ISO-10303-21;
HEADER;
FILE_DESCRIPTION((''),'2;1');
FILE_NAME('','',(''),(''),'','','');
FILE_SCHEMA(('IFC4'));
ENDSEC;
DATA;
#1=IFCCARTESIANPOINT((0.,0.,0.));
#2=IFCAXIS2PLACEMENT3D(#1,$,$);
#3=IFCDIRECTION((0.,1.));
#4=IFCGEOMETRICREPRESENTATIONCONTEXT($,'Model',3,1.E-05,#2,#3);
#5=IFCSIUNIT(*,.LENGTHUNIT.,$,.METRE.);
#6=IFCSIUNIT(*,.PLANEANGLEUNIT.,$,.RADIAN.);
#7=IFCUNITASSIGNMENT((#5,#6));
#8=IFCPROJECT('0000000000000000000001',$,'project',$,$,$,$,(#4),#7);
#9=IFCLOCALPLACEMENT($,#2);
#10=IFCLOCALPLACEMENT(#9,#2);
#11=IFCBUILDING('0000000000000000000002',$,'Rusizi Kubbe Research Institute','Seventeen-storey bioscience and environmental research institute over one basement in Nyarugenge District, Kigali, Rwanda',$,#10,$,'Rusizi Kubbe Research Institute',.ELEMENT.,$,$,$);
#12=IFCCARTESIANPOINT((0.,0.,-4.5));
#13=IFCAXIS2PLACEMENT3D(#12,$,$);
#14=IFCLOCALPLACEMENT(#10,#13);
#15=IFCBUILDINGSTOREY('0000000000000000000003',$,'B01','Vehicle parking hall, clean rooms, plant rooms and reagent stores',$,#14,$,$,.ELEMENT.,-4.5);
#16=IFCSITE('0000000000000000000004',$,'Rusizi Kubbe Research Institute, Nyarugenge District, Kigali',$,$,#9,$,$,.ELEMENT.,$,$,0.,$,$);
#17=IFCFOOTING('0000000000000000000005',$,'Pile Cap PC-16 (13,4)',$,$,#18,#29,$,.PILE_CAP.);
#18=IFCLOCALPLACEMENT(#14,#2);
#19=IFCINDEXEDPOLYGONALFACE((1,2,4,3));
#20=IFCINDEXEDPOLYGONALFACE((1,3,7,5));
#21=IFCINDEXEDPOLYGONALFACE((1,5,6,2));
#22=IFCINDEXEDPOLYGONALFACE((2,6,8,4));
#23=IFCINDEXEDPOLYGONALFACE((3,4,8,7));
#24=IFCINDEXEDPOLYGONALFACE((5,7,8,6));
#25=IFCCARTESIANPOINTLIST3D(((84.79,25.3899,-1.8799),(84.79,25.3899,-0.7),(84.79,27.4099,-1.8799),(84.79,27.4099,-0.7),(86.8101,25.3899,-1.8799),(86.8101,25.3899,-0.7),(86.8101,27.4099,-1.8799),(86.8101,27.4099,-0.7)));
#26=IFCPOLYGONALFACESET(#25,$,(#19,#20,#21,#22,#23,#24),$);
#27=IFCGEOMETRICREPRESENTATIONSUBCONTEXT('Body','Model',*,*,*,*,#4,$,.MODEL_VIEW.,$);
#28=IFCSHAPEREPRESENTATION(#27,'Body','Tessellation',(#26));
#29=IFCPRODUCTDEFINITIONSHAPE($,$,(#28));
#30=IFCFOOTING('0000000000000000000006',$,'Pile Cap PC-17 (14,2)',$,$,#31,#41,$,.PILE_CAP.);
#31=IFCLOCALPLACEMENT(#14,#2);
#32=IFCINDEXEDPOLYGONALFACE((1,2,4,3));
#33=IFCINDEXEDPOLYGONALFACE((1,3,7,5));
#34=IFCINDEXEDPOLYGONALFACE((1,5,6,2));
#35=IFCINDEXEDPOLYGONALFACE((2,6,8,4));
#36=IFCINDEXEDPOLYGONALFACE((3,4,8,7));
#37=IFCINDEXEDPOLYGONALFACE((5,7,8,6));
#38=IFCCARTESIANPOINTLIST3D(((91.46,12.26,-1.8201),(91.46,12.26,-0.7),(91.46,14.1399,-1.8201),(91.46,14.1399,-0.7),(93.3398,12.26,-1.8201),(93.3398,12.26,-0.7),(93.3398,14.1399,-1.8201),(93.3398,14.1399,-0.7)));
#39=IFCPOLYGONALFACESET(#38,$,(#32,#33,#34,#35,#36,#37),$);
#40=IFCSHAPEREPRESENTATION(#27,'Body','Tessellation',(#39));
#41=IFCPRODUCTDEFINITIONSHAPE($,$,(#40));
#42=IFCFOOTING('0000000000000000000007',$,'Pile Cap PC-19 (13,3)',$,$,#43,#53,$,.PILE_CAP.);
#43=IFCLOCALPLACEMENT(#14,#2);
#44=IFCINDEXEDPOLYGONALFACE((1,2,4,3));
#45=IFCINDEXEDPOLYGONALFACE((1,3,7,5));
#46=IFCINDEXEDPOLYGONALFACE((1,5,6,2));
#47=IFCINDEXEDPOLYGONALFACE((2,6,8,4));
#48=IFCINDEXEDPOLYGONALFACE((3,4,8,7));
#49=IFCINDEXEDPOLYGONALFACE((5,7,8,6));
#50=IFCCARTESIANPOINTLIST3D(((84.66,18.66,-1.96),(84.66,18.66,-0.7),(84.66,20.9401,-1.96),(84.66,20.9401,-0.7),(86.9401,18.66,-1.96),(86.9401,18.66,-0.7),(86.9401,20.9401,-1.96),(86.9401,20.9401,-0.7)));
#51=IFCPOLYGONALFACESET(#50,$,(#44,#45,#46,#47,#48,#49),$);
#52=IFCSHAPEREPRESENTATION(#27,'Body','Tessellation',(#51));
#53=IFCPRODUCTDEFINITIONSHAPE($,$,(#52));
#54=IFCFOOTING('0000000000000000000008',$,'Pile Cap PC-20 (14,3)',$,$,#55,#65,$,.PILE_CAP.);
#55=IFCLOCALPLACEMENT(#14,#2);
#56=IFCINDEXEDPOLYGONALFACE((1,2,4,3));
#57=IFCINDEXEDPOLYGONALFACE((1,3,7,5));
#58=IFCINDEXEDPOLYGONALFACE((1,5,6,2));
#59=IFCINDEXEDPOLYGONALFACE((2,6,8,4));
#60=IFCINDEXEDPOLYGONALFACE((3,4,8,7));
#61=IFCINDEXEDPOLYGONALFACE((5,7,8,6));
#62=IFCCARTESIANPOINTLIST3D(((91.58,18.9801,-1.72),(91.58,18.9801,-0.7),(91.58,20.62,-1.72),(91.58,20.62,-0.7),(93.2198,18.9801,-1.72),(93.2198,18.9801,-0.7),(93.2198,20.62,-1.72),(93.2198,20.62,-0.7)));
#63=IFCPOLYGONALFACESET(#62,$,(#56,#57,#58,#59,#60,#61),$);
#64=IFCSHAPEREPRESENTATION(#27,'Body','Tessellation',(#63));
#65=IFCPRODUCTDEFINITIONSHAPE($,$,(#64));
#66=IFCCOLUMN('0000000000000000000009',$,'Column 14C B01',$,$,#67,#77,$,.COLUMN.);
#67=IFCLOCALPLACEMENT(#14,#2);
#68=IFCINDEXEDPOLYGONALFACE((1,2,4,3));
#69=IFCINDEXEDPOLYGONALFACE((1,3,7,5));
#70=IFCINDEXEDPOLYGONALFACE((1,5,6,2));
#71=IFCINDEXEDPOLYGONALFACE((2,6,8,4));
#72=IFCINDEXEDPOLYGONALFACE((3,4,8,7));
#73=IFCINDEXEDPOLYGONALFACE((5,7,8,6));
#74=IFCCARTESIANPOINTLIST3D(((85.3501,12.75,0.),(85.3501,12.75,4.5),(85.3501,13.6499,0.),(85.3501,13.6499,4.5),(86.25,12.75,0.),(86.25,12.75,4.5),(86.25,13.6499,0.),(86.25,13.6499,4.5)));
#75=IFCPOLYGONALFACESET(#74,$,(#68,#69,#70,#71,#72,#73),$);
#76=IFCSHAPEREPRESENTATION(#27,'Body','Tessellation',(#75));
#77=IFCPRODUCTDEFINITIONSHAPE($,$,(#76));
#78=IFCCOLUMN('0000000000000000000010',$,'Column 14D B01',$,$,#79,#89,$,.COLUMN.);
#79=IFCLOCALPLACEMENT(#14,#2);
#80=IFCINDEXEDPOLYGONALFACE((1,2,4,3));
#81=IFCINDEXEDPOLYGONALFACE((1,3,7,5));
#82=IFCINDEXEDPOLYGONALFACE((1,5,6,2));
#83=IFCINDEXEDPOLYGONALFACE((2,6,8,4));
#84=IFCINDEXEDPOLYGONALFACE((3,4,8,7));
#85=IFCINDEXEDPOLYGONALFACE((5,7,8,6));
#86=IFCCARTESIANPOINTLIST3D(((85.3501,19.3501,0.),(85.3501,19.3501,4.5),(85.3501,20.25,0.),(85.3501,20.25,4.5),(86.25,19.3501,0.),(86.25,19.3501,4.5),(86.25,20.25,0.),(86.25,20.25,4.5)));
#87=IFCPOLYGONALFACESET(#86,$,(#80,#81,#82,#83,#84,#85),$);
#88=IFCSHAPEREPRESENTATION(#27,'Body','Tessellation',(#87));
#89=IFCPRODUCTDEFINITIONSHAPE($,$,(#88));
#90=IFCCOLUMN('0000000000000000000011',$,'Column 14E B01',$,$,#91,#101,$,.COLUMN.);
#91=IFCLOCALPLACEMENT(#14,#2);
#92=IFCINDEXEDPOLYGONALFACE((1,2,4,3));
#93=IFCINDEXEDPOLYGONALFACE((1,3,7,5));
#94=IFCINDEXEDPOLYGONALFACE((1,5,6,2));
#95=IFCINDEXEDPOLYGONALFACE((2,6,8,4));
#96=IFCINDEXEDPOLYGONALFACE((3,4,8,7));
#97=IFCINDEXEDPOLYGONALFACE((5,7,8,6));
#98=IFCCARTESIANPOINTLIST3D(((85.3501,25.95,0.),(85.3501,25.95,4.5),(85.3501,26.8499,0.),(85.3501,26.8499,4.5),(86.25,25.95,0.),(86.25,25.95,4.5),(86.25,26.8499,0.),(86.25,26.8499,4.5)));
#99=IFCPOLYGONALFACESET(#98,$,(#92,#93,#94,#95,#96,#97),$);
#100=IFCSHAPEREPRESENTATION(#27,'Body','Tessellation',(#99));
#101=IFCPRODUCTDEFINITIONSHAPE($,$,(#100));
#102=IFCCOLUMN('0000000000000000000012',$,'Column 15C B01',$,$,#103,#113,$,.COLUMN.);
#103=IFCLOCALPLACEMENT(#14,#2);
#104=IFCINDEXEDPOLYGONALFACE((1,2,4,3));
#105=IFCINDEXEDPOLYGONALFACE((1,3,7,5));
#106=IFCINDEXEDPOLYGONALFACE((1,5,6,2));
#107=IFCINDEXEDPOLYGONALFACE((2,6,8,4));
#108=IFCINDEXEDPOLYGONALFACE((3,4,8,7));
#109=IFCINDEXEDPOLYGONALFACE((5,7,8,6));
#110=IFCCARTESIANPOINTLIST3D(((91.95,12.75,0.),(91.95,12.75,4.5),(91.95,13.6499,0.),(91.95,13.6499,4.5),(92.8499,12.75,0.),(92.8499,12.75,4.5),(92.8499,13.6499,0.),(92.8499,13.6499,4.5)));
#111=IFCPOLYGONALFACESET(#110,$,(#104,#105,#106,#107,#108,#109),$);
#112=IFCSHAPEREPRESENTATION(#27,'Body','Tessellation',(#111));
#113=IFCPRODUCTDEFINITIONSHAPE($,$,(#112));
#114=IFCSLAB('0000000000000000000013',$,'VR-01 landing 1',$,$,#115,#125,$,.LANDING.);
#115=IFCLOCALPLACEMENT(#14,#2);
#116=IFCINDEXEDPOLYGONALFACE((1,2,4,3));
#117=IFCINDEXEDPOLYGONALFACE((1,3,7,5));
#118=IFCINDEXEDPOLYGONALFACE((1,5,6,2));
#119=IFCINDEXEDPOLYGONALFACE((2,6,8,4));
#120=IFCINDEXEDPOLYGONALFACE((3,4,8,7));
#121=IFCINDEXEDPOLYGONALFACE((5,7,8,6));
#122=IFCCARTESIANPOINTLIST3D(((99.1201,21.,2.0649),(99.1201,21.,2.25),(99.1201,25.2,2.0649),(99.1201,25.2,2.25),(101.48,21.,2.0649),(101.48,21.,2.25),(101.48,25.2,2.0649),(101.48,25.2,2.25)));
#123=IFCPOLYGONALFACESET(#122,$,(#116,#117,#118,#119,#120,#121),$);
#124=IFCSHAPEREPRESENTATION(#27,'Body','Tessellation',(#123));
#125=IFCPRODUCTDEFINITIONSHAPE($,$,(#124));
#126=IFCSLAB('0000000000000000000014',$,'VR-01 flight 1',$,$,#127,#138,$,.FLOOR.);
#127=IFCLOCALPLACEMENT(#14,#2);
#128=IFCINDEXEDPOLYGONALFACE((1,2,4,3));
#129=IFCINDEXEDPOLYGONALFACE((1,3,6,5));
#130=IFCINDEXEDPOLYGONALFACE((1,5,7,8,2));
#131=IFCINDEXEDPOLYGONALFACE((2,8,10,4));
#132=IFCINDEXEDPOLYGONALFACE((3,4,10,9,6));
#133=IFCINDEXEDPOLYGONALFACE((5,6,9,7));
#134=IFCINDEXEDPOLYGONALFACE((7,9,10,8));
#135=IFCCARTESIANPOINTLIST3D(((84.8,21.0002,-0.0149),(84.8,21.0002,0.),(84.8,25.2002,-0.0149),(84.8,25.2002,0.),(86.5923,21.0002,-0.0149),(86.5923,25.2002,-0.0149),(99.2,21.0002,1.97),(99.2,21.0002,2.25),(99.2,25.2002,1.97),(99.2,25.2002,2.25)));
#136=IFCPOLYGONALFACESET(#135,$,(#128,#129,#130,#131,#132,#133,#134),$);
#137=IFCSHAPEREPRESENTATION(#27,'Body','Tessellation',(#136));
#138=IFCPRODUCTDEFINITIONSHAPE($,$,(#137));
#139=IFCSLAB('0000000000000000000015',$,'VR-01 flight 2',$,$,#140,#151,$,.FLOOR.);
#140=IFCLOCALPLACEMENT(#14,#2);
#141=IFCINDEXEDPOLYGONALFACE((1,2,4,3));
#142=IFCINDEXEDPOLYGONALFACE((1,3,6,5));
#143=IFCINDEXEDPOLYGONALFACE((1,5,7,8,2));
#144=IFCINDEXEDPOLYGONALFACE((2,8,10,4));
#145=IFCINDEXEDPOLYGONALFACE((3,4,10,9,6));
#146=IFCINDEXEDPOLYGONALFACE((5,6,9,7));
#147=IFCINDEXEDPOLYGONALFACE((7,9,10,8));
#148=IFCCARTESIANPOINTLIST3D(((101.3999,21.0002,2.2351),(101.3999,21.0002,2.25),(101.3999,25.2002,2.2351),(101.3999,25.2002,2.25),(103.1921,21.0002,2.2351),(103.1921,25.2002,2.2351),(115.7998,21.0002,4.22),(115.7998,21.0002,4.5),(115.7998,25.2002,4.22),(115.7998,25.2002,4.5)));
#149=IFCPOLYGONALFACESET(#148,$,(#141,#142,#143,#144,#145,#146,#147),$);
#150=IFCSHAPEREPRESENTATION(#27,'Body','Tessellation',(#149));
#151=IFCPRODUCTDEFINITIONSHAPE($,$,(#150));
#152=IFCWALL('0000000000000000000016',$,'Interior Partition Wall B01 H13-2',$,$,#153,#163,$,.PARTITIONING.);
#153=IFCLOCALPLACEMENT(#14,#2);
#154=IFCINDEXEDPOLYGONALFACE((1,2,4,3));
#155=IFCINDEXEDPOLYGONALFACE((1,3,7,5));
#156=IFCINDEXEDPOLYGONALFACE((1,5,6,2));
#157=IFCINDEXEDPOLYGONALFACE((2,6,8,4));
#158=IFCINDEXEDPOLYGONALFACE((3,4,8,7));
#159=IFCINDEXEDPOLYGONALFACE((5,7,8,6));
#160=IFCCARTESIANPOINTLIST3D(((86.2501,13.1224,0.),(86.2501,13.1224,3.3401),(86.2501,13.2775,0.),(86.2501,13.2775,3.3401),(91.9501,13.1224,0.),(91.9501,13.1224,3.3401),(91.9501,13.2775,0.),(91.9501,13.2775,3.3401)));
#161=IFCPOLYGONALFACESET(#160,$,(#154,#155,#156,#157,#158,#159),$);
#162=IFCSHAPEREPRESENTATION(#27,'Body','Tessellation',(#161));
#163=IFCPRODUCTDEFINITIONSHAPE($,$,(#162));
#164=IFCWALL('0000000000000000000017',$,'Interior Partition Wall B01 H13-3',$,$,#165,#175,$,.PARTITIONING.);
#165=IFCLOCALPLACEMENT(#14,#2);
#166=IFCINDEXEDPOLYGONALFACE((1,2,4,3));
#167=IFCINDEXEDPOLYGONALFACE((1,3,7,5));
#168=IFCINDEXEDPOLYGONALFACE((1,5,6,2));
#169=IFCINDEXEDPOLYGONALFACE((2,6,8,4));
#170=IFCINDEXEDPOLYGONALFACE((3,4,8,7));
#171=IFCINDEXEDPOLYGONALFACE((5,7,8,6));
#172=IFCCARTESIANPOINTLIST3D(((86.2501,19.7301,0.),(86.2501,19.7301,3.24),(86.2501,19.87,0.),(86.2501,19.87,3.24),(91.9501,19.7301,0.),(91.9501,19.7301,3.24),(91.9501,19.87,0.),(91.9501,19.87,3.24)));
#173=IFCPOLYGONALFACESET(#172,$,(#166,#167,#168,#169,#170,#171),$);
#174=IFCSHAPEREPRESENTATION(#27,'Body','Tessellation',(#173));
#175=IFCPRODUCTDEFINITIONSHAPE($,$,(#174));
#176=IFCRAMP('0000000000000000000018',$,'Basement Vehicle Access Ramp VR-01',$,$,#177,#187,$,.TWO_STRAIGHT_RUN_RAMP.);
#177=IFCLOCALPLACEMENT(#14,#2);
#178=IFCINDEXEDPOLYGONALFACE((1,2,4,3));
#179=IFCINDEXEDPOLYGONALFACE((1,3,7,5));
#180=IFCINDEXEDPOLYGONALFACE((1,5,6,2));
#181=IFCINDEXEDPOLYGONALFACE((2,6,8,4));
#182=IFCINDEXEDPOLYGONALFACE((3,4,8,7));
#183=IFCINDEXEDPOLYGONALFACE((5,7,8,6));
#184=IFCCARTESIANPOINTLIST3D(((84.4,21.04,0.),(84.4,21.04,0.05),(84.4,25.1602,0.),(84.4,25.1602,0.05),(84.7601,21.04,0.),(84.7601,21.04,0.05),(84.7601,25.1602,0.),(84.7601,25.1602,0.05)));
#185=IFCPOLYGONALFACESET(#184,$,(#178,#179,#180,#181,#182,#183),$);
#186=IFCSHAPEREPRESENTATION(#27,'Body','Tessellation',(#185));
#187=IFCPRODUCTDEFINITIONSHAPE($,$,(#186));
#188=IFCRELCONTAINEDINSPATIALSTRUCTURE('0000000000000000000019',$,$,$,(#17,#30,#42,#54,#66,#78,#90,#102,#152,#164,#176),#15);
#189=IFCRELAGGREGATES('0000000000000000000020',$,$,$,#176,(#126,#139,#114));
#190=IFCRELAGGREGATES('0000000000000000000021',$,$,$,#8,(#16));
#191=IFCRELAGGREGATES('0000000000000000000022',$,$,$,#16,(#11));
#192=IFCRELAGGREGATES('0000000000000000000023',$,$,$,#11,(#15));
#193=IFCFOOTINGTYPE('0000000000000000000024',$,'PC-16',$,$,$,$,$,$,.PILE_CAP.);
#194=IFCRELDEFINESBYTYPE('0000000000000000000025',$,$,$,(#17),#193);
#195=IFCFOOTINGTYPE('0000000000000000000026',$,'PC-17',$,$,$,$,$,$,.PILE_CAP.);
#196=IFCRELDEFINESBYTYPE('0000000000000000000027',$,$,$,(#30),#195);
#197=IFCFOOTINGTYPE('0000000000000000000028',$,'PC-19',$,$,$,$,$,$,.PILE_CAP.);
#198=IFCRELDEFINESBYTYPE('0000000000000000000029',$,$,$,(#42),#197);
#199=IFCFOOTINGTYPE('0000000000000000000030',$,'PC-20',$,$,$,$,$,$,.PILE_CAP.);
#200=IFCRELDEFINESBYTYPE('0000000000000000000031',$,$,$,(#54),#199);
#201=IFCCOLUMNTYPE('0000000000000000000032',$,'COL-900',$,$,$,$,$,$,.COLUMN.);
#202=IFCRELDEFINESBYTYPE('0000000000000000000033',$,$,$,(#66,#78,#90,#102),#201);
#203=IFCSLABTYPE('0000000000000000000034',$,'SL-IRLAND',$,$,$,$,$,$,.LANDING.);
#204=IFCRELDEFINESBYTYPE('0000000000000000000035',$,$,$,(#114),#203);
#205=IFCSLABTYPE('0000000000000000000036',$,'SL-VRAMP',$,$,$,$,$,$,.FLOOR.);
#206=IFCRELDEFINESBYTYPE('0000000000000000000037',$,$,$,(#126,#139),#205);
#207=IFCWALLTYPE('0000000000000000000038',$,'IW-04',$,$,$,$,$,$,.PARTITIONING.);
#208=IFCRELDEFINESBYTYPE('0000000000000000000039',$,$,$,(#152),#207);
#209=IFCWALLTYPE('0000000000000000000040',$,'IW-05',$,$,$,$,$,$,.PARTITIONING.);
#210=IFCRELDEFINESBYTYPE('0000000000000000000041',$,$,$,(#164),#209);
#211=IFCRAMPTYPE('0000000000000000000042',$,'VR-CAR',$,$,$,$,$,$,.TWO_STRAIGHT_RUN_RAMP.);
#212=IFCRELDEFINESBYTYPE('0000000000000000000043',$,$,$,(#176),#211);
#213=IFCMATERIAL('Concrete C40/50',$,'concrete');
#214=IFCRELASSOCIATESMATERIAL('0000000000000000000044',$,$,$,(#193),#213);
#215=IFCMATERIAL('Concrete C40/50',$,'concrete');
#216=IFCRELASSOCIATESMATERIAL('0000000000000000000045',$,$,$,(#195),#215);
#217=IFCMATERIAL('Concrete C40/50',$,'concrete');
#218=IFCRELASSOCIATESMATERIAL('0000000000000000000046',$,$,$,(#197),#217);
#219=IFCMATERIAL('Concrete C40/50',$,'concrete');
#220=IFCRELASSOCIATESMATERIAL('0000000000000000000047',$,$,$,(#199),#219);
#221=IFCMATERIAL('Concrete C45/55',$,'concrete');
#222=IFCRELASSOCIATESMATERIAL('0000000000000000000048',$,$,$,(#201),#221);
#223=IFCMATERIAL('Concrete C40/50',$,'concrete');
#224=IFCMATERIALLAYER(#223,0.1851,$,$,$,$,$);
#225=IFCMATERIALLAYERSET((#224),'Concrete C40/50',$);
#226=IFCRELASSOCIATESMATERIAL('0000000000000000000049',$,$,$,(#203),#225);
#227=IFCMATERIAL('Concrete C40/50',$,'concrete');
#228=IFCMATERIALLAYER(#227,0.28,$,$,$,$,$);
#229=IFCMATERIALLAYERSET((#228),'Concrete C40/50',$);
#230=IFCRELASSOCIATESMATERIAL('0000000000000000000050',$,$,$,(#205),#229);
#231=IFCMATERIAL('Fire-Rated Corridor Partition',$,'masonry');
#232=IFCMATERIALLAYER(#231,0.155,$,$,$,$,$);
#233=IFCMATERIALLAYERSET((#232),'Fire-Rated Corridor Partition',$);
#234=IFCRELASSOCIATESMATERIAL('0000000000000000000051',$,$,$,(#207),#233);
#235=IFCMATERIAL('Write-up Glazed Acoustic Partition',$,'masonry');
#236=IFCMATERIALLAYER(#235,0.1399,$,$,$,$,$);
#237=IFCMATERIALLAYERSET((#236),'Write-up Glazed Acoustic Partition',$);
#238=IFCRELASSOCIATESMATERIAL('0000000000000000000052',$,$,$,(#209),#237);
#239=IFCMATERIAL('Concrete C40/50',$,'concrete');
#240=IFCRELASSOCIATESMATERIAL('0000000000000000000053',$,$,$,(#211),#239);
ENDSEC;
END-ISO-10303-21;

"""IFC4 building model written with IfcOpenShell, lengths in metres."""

from ifc_helpers import new_model, si_unit, direction, frame, frame_2d, origin, origin_2d, place, context, subcontext, project, spatial, polyline, rectangle, outline, extrude, material, layer, layer_set, material_profile, profile_set, type_object, element, aggregate, save


model = new_model("IFC4")

# Units and contexts
model_context = context("Model", 3, precision=1e-05, world=origin(), true_north=direction((0.0, 1.0)))
body_context = subcontext(model_context, "Body", "Model", "MODEL_VIEW")
ifc_project = project(units=[si_unit("LENGTHUNIT", "METRE"), si_unit("PLANEANGLEUNIT", "RADIAN")], contexts=[model_context])

# Site, building, storey
site_placement = place(None, origin())
site = spatial("IfcSite", under=ifc_project, at=site_placement, Name="Rusizi Kubbe Research Institute, Nyarugenge District, Kigali", CompositionType="ELEMENT", RefElevation=0.0)
building_placement = place(site_placement, origin())
building = spatial("IfcBuilding", under=site, at=building_placement, Name="Rusizi Kubbe Research Institute", Description="Seventeen-storey bioscience and environmental research institute over one basement in Nyarugenge District, Kigali, Rwanda", LongName="Rusizi Kubbe Research Institute", CompositionType="ELEMENT")
storey_placement = place(building_placement, frame((0.0, 0.0, -4.5)))
storey = spatial("IfcBuildingStorey", under=building, at=storey_placement, Name="B01", Description="Vehicle parking hall, clean rooms, plant rooms and reagent stores", CompositionType="ELEMENT", Elevation=-4.5)

# Footings
ifc_material_1 = material(Name="Concrete C40/50", Category="concrete")
footing_type_1 = type_object("IfcFootingType", Name="PC-16", PredefinedType="PILE_CAP", material=ifc_material_1)
for number, where, z_axis, x_axis, name in (
    (1, (85.8, 26.3999, -1.8799), (0.0, 0.0, 1.0), (1.0, 0.0, 0.0), "Pile Cap PC-16 (13,4)"),
):
    element("IfcFooting", number, at=place(storey_placement, frame(where, z_axis=z_axis, x_axis=x_axis)), inside=storey, type_object=footing_type_1, Name=name, PredefinedType="PILE_CAP", context=body_context, shape_type="SweptSolid", body=[
        extrude(rectangle(XDim=2.02, YDim=2.02, at=origin_2d()), origin(), (0.0, 0.0, 1.0), 1.1799),
    ])
ifc_material_2 = material(Name="Concrete C40/50", Category="concrete")
footing_type_2 = type_object("IfcFootingType", Name="PC-17", PredefinedType="PILE_CAP", material=ifc_material_2)
footing_1_placement = place(storey_placement, frame((92.3999, 13.2, -1.8201), z_axis=(0.0, 0.0, 1.0), x_axis=(1.0, 0.0, 0.0)))
element("IfcFooting", 2, at=footing_1_placement, inside=storey, type_object=footing_type_2, Name="Pile Cap PC-17 (14,2)", PredefinedType="PILE_CAP", context=body_context, shape_type="SweptSolid", body=[
    extrude(rectangle(XDim=1.8799, YDim=1.8799, at=origin_2d()), origin(), (0.0, 0.0, 1.0), 1.1201),
])
ifc_material_3 = material(Name="Concrete C40/50", Category="concrete")
footing_type_3 = type_object("IfcFootingType", Name="PC-19", PredefinedType="PILE_CAP", material=ifc_material_3)
footing_2_placement = place(storey_placement, frame((85.8, 19.8, -1.96), z_axis=(0.0, 0.0, 1.0), x_axis=(1.0, 0.0, 0.0)))
element("IfcFooting", 3, at=footing_2_placement, inside=storey, type_object=footing_type_3, Name="Pile Cap PC-19 (13,3)", PredefinedType="PILE_CAP", context=body_context, shape_type="SweptSolid", body=[
    extrude(rectangle(XDim=2.28, YDim=2.28, at=origin_2d()), origin(), (0.0, 0.0, 1.0), 1.26),
])
ifc_material_4 = material(Name="Concrete C40/50", Category="concrete")
footing_type_4 = type_object("IfcFootingType", Name="PC-20", PredefinedType="PILE_CAP", material=ifc_material_4)
footing_3_placement = place(storey_placement, frame((92.3999, 19.8, -1.72), z_axis=(0.0, 0.0, 1.0), x_axis=(1.0, 0.0, 0.0)))
element("IfcFooting", 4, at=footing_3_placement, inside=storey, type_object=footing_type_4, Name="Pile Cap PC-20 (14,3)", PredefinedType="PILE_CAP", context=body_context, shape_type="SweptSolid", body=[
    extrude(rectangle(XDim=1.6399, YDim=1.6399, at=origin_2d()), origin(), (0.0, 0.0, 1.0), 1.02),
])

# Columns
ifc_material_5 = material(Name="Concrete C45/55", Category="concrete")
ifc_material_profile_1 = material_profile(ifc_material_5, rectangle(XDim=0.8999, YDim=0.8999, at=origin_2d()), Name="RC900x900")
ifc_profile_set_1 = profile_set([ifc_material_profile_1], Name="Concrete C45/55")
column_type = type_object("IfcColumnType", Name="COL-900", PredefinedType="COLUMN", material=ifc_profile_set_1)
for number, where, z_axis, x_axis, name in (
    (5, (85.8, 13.2, 0.0), (0.0, 0.0, 1.0), (1.0, 0.0, 0.0), "Column 14C B01"),
    (6, (85.8, 19.8, 0.0), (0.0, 0.0, 1.0), (1.0, 0.0, 0.0), "Column 14D B01"),
    (7, (85.8, 26.3999, 0.0), (0.0, 0.0, 1.0), (1.0, 0.0, 0.0), "Column 14E B01"),
    (8, (92.3999, 13.2, 0.0), (0.0, 0.0, 1.0), (1.0, 0.0, 0.0), "Column 15C B01"),
):
    element("IfcColumn", number, at=place(storey_placement, frame(where, z_axis=z_axis, x_axis=x_axis)), inside=storey, type_object=column_type, Name=name, PredefinedType="COLUMN", context=body_context, shape_type="SweptSolid", body=[
        extrude(rectangle(XDim=0.8999, YDim=0.8999, at=origin_2d()), origin(), (0.0, 0.0, 1.0), 4.5),
    ])

# Slabs
ifc_material_6 = material(Name="Concrete C40/50", Category="concrete")
ifc_layer_1 = layer(ifc_material_6, 0.1851)
ifc_layer_set_1 = layer_set([ifc_layer_1], Name="Concrete C40/50")
slab_type_1 = type_object("IfcSlabType", Name="SL-IRLAND", PredefinedType="LANDING", material=ifc_layer_set_1)
slab_1_placement = place(storey_placement, frame((0.0, 0.0, 2.0649)))
slab_1 = element("IfcSlab", 9, at=slab_1_placement, type_object=slab_type_1, Name="VR-01 landing 1", PredefinedType="LANDING", context=body_context, shape_type="SweptSolid", body=[
    extrude(outline(polyline([(99.1201, 21.0), (101.48, 21.0), (101.48, 25.2), (99.1201, 25.2), (99.1201, 21.0)])), origin(), (0.0, 0.0, 1.0), 0.1851),
])
ifc_material_7 = material(Name="Concrete C40/50", Category="concrete")
ifc_layer_2 = layer(ifc_material_7, 0.28)
ifc_layer_set_2 = layer_set([ifc_layer_2], Name="Concrete C40/50")
slab_type_2 = type_object("IfcSlabType", Name="SL-VRAMP", PredefinedType="FLOOR", material=ifc_layer_set_2)
slab_2_placement = place(storey_placement, frame((84.8, 23.1001, 0.0), z_axis=(0.0, 0.0, 1.0), x_axis=(1.0, 0.0, 0.0)))
slab_2 = element("IfcSlab", 10, at=slab_2_placement, type_object=slab_type_2, Name="VR-01 flight 1", PredefinedType="FLOOR", context=body_context, shape_type="SweptSolid", body=[
    extrude(outline(polyline([(0.0, -0.0149), (0.0, 0.0), (14.3999, 2.25), (14.3999, 1.97), (1.7922, -0.0149), (0.0, -0.0149)])), frame((0.0, 2.1001, 0.0), z_axis=(0.0, -1.0, 0.0), x_axis=(1.0, 0.0, 0.0)), (0.0, 0.0, 1.0), 4.2),
])
slab_3_placement = place(storey_placement, frame((101.3999, 23.1001, 2.25), z_axis=(0.0, 0.0, 1.0), x_axis=(1.0, 0.0, 0.0)))
slab_3 = element("IfcSlab", 11, at=slab_3_placement, type_object=slab_type_2, Name="VR-01 flight 2", PredefinedType="FLOOR", context=body_context, shape_type="SweptSolid", body=[
    extrude(outline(polyline([(0.0, -0.0149), (0.0, 0.0), (14.3999, 2.25), (14.3999, 1.97), (1.7922, -0.0149), (0.0, -0.0149)])), frame((0.0, 2.1001, 0.0), z_axis=(0.0, -1.0, 0.0), x_axis=(1.0, 0.0, 0.0)), (0.0, 0.0, 1.0), 4.2),
])

# Walls
ifc_material_8 = material(Name="Fire-Rated Corridor Partition", Category="masonry")
ifc_layer_3 = layer(ifc_material_8, 0.155)
ifc_layer_set_3 = layer_set([ifc_layer_3], Name="Fire-Rated Corridor Partition")
wall_type_1 = type_object("IfcWallType", Name="IW-04", PredefinedType="PARTITIONING", material=ifc_layer_set_3)
wall_1_placement = place(storey_placement, frame((86.25, 13.2, 0.0), z_axis=(0.0, 0.0, 1.0), x_axis=(1.0, 0.0, 0.0)))
element("IfcWall", 12, at=wall_1_placement, inside=storey, type_object=wall_type_1, Name="Interior Partition Wall B01 H13-2", PredefinedType="PARTITIONING", context=body_context, shape_type="SweptSolid", body=[
    extrude(rectangle(XDim=5.7, YDim=0.155, at=frame_2d((2.8501, 0.0))), origin(), (0.0, 0.0, 1.0), 3.3401),
])
ifc_material_9 = material(Name="Write-up Glazed Acoustic Partition", Category="masonry")
ifc_layer_4 = layer(ifc_material_9, 0.1399)
ifc_layer_set_4 = layer_set([ifc_layer_4], Name="Write-up Glazed Acoustic Partition")
wall_type_2 = type_object("IfcWallType", Name="IW-05", PredefinedType="PARTITIONING", material=ifc_layer_set_4)
wall_2_placement = place(storey_placement, frame((86.25, 19.8, 0.0), z_axis=(0.0, 0.0, 1.0), x_axis=(1.0, 0.0, 0.0)))
element("IfcWall", 13, at=wall_2_placement, inside=storey, type_object=wall_type_2, Name="Interior Partition Wall B01 H13-3", PredefinedType="PARTITIONING", context=body_context, shape_type="SweptSolid", body=[
    extrude(rectangle(XDim=5.7, YDim=0.1399, at=frame_2d((2.8501, 0.0))), origin(), (0.0, 0.0, 1.0), 3.24),
])

# Ramp
ifc_material_10 = material(Name="Concrete C40/50", Category="concrete")
ramp_type = type_object("IfcRampType", Name="VR-CAR", PredefinedType="TWO_STRAIGHT_RUN_RAMP", material=ifc_material_10)
ramp_placement = place(storey_placement, frame((84.5801, 23.1001, 0.0)))
ramp = element("IfcRamp", 14, at=ramp_placement, inside=storey, type_object=ramp_type, Name="Basement Vehicle Access Ramp VR-01", PredefinedType="TWO_STRAIGHT_RUN_RAMP", context=body_context, shape_type="SweptSolid", body=[
    extrude(rectangle(XDim=0.3601, YDim=4.1201, at=origin_2d()), origin(), (0.0, 0.0, 1.0), 0.05),
])
aggregate(ramp, [slab_2, slab_3, slab_1])

save(model, "model.ifc")
